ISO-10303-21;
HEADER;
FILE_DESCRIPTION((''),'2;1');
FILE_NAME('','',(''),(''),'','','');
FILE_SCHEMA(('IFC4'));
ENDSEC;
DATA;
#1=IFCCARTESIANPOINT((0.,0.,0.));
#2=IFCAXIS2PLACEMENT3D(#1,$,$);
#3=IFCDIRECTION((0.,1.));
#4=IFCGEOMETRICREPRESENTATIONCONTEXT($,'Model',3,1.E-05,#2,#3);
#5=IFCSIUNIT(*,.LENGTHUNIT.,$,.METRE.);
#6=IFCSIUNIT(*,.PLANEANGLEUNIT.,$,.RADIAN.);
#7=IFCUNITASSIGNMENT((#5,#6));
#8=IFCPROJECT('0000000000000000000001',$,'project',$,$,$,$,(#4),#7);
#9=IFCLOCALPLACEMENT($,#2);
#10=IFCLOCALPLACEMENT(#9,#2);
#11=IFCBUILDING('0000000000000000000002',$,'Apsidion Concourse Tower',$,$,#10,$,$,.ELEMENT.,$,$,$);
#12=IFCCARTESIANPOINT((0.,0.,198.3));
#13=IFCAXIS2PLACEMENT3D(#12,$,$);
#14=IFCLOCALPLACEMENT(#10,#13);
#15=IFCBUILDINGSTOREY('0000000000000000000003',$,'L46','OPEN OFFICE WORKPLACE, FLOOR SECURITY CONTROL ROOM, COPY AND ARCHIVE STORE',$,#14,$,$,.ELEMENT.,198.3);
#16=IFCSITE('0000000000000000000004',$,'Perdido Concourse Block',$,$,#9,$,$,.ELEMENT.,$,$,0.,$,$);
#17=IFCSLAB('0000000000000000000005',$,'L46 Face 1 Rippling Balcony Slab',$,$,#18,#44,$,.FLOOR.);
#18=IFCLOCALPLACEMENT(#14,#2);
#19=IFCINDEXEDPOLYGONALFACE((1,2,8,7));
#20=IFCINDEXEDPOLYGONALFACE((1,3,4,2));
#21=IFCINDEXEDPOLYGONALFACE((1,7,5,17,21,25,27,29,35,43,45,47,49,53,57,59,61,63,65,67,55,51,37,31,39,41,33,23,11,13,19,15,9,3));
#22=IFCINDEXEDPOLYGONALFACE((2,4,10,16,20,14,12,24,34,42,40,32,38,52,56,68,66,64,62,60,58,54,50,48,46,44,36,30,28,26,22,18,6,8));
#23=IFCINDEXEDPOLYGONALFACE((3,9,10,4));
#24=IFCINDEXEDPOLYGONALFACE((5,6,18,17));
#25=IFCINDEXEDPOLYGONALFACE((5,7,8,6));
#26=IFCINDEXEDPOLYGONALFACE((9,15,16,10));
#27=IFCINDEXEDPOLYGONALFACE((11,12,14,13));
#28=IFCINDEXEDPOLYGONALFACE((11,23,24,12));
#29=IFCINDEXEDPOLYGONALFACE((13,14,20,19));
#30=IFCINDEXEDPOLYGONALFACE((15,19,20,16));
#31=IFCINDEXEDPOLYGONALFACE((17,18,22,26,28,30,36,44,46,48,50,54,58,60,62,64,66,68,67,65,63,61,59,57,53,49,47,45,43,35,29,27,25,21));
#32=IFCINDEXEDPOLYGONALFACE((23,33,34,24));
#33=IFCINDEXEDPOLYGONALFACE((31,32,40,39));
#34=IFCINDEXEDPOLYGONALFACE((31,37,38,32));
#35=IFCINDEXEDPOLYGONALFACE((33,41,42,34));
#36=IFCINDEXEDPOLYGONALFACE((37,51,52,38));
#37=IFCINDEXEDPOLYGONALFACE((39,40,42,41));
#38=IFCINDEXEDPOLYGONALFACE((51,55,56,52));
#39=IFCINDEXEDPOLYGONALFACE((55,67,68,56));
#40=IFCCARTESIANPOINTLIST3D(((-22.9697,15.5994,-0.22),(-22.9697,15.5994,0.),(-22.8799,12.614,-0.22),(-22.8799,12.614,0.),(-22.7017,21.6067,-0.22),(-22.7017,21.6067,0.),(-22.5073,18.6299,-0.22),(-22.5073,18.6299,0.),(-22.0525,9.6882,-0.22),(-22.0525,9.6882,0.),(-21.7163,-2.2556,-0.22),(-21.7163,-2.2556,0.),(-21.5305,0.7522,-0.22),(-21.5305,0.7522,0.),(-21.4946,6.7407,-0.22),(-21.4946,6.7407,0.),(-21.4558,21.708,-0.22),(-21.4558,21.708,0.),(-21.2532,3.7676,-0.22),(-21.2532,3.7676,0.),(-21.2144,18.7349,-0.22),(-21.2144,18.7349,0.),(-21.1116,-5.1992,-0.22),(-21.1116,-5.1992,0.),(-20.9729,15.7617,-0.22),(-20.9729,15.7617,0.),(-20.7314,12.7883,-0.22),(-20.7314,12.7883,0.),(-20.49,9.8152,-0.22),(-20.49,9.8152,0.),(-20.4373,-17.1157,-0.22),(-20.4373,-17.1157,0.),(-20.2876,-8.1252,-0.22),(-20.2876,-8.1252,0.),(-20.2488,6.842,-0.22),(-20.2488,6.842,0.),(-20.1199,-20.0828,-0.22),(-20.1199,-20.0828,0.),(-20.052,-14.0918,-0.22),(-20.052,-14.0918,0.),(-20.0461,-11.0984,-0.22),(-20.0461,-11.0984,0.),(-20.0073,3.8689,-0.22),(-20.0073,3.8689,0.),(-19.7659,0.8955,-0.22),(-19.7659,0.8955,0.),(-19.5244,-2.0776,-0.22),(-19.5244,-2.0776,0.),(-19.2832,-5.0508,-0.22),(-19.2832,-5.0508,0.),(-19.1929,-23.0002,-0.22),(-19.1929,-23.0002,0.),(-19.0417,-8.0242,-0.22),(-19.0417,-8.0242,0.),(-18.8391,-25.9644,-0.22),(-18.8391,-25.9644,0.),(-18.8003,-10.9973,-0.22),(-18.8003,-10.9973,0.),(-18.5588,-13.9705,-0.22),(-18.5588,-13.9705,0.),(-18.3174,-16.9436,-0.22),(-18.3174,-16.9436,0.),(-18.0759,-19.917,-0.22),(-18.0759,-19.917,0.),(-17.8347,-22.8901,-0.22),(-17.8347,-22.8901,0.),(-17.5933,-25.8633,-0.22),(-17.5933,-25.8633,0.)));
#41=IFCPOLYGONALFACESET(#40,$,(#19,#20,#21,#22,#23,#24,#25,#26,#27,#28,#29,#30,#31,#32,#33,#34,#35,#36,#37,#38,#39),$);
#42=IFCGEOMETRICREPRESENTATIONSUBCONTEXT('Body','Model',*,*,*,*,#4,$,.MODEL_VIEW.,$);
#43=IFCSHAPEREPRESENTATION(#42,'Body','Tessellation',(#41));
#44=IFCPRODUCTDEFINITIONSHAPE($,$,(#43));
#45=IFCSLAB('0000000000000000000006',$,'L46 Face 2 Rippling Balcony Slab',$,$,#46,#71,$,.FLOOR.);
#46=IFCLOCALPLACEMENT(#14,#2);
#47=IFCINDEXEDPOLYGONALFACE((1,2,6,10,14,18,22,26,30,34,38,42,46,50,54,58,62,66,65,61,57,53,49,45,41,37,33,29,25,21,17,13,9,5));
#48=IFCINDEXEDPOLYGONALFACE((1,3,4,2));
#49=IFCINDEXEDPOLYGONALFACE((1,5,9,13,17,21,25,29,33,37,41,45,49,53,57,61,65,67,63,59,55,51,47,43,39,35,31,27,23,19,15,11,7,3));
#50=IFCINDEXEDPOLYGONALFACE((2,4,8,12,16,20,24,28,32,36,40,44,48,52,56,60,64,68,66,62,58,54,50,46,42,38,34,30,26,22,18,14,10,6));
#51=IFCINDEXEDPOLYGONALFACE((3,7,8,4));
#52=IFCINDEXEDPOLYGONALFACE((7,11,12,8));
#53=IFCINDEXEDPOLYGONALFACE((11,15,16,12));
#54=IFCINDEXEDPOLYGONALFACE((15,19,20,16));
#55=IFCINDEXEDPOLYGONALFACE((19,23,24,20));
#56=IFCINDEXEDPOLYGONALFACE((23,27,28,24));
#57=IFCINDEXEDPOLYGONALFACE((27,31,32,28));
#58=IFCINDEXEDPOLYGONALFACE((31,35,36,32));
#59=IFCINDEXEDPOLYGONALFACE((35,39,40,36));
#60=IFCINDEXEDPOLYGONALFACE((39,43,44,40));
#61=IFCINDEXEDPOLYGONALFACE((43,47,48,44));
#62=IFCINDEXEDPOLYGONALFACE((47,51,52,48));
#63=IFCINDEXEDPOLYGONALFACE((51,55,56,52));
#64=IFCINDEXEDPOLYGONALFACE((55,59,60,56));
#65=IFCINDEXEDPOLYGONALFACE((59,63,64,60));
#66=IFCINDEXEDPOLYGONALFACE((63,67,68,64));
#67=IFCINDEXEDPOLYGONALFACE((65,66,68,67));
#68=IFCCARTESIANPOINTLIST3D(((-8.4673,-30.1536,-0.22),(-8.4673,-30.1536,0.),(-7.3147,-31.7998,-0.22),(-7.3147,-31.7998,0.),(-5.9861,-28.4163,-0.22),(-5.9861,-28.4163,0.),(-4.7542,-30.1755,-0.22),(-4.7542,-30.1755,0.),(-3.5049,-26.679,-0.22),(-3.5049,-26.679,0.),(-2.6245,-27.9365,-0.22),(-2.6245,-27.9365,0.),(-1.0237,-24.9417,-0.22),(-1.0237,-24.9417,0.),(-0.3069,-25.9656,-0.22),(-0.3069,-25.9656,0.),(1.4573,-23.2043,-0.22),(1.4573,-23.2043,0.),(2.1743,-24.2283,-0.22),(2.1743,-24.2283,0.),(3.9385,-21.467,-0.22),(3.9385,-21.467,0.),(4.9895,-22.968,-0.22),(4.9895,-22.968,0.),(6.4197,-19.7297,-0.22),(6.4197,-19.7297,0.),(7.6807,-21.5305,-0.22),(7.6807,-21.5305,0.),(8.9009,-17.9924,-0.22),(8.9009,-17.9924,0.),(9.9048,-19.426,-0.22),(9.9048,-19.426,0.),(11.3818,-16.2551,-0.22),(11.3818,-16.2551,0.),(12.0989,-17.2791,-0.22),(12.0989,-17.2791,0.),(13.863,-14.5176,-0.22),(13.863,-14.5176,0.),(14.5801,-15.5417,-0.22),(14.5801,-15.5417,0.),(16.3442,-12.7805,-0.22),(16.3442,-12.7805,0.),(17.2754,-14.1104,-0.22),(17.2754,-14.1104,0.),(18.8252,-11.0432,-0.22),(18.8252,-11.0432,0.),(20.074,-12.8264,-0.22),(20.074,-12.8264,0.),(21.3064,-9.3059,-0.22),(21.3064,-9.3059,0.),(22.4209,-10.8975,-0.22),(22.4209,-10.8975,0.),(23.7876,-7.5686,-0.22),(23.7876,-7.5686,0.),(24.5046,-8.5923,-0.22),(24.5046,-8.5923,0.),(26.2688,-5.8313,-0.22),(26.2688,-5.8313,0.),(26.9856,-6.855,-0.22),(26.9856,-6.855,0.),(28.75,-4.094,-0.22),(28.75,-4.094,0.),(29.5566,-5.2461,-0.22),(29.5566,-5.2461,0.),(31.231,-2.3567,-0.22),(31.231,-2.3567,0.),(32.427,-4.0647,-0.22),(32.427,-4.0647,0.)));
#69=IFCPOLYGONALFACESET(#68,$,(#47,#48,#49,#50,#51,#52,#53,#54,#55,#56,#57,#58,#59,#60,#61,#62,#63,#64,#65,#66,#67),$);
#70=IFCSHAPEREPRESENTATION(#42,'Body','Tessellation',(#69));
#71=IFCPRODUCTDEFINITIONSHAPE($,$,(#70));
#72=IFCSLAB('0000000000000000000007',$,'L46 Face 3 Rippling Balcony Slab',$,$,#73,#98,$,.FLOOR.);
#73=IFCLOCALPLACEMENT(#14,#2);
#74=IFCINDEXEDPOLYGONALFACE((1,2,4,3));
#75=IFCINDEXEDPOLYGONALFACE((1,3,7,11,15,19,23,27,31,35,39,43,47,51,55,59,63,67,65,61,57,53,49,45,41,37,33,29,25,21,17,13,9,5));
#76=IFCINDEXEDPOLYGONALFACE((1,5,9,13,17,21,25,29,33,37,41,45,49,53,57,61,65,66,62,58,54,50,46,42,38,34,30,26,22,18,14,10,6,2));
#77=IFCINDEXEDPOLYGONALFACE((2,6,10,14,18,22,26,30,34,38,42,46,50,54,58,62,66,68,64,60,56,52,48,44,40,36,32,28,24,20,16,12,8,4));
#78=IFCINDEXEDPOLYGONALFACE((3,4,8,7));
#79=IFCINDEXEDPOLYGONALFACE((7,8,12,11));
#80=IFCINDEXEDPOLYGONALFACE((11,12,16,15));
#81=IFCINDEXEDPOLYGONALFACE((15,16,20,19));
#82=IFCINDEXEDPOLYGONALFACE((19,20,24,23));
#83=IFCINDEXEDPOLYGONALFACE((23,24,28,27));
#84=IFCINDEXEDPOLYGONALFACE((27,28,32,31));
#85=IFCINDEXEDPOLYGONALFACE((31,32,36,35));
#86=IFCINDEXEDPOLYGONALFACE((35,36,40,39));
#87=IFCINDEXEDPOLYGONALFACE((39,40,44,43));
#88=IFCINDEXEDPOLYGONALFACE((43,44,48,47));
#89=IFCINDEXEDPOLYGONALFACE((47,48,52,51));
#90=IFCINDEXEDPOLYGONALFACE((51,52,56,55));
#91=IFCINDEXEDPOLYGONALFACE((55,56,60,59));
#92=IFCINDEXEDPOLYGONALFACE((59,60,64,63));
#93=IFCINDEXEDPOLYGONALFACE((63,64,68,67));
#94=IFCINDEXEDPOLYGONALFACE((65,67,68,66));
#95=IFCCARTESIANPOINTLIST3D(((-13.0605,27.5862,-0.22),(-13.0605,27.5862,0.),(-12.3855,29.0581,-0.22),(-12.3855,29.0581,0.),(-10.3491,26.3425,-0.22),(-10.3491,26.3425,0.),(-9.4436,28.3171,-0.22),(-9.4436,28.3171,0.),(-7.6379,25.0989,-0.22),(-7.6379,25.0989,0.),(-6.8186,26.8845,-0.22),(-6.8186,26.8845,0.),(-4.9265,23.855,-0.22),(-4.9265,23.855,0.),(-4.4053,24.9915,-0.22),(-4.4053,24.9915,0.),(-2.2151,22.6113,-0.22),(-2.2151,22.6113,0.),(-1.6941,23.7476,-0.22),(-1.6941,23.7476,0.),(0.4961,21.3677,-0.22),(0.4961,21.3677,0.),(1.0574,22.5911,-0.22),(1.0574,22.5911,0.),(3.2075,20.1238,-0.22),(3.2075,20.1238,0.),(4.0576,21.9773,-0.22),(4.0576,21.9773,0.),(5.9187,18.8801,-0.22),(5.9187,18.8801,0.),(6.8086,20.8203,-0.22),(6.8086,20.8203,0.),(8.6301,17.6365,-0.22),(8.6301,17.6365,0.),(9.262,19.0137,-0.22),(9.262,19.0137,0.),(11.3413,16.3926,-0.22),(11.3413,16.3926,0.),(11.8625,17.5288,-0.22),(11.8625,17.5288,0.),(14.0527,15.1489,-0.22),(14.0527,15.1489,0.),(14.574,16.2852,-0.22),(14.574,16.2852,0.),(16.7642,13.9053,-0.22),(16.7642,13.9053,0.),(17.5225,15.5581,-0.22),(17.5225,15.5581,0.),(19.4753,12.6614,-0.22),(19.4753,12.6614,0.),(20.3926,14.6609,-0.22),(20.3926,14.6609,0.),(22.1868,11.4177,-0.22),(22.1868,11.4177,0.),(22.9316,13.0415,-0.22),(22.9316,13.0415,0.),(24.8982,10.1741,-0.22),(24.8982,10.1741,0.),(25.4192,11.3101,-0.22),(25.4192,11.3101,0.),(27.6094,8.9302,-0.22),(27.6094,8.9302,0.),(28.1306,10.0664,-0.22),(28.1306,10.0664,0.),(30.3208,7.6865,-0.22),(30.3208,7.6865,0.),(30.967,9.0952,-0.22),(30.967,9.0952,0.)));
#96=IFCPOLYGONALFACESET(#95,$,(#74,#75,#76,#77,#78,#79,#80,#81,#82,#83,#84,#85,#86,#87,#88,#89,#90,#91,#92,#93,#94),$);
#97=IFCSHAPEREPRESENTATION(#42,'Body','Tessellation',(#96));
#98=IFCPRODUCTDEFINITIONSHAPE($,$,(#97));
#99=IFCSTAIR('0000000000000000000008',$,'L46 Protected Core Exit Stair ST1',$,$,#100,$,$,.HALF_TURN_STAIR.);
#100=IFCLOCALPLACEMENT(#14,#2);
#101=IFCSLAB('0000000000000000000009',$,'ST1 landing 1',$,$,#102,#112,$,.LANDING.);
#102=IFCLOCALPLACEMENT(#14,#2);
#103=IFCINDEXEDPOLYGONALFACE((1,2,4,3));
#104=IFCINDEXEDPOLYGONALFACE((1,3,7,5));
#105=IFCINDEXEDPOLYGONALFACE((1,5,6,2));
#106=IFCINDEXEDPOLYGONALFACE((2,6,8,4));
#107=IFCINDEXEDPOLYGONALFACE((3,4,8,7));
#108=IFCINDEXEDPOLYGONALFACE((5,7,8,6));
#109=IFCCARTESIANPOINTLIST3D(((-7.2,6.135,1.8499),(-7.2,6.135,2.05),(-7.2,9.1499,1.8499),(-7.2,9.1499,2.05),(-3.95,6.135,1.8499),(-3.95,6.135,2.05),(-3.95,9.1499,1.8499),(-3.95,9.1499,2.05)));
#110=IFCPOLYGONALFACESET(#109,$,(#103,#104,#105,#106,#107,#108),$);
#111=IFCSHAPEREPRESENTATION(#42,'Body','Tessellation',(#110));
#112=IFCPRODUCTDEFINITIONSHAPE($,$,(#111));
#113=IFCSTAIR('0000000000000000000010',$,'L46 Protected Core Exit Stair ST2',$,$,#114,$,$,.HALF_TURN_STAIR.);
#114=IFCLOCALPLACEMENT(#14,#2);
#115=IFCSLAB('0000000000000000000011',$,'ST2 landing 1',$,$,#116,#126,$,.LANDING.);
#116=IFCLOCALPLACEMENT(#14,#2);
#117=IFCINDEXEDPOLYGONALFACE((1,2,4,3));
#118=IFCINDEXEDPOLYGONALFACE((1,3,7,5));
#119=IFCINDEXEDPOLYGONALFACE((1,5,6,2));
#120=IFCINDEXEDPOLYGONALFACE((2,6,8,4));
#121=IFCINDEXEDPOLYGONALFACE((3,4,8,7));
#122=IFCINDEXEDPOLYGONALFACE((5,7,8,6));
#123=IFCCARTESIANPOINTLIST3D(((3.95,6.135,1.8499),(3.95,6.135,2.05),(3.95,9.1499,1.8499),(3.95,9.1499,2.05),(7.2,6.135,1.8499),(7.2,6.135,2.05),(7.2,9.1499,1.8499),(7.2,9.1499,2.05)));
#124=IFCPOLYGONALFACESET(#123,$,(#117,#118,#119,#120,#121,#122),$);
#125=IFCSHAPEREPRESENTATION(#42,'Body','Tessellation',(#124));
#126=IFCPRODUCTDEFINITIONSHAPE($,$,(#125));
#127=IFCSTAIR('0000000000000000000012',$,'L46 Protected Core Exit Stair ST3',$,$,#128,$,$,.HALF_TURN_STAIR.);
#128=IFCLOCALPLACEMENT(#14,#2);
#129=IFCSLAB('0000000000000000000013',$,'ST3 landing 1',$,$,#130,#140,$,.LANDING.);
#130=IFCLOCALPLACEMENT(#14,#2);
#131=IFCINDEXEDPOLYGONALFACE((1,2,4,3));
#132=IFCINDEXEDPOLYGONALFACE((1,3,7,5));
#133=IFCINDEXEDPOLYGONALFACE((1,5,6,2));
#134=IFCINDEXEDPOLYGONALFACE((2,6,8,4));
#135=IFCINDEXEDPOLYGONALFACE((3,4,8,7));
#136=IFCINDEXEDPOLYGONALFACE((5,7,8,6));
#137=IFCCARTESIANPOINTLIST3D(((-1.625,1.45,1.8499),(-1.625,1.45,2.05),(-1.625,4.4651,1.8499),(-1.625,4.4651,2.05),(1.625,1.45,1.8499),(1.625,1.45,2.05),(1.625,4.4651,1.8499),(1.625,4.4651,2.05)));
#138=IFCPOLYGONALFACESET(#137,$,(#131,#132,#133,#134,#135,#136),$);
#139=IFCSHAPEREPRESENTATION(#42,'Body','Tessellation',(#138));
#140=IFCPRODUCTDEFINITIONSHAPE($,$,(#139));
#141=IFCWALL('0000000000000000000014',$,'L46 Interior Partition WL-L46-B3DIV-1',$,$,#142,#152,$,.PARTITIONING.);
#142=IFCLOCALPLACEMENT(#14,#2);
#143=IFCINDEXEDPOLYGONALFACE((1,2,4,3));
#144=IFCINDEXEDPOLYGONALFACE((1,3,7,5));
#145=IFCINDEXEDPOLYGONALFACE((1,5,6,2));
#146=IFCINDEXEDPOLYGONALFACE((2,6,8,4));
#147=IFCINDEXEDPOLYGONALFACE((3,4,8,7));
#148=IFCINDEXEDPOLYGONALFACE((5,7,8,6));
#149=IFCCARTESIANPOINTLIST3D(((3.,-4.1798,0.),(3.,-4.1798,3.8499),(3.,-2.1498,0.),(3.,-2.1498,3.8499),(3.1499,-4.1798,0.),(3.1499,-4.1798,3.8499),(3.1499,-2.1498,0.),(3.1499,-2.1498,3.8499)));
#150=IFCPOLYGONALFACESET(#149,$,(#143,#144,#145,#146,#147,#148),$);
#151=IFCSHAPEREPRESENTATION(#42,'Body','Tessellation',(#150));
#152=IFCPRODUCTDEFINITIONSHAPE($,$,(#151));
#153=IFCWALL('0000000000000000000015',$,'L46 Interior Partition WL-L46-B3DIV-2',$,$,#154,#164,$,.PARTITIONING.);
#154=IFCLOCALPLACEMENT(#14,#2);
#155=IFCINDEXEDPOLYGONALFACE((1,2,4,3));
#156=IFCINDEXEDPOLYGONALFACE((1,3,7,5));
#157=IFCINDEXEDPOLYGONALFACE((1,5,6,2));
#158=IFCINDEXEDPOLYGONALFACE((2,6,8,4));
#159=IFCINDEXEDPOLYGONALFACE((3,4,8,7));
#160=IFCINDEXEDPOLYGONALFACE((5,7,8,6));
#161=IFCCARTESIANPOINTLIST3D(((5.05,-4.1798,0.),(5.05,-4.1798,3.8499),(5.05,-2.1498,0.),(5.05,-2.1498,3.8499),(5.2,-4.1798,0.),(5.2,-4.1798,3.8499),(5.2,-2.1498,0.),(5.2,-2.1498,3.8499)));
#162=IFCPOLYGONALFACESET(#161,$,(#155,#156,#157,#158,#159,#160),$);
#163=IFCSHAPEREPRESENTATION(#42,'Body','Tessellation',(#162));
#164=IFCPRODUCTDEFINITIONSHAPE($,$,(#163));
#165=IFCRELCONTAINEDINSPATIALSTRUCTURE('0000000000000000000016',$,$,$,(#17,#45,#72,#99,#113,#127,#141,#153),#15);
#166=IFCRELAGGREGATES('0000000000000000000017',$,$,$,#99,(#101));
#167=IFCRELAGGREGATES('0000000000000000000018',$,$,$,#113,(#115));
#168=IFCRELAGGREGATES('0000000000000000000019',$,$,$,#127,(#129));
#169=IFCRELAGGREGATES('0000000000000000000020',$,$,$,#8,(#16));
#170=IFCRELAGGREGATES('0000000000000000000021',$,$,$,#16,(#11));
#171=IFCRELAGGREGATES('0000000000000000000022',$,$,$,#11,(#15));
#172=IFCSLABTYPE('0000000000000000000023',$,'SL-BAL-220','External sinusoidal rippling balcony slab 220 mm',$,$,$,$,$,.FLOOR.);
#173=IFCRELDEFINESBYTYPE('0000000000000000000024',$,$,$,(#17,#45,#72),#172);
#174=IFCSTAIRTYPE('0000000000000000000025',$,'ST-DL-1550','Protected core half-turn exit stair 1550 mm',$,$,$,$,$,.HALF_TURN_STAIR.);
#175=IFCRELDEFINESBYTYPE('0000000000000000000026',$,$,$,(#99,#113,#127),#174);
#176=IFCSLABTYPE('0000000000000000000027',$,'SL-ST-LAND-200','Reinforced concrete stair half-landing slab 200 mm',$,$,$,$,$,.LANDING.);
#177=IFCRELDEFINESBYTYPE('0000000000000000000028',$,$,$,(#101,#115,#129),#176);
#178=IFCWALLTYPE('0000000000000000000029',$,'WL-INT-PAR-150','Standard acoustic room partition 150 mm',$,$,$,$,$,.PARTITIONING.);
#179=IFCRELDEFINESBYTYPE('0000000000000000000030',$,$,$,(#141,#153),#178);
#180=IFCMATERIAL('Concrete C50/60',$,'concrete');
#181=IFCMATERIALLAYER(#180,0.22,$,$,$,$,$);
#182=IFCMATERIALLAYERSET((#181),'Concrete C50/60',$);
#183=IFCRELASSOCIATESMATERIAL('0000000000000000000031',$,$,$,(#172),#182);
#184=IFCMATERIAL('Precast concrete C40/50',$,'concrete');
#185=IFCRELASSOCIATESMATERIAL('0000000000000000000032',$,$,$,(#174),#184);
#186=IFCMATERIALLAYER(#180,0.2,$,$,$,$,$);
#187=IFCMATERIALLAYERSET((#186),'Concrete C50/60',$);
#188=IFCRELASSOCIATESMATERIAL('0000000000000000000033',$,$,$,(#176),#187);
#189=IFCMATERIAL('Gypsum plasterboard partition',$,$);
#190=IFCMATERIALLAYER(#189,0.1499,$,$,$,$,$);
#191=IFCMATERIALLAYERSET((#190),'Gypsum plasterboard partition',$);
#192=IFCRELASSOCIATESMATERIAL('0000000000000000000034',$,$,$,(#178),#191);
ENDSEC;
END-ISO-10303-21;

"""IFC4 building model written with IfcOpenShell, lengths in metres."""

from ifc_helpers import new_model, si_unit, direction, frame, frame_2d, origin, place, context, subcontext, project, spatial, polyline, rectangle, outline, extrude, material, layer, layer_set, type_object, element, aggregate, save


model = new_model("IFC4")

# Units and contexts
model_context = context("Model", 3, precision=1e-05, world=origin(), true_north=direction((0.0, 1.0)))
body_context = subcontext(model_context, "Body", "Model", "MODEL_VIEW")
ifc_project = project(units=[si_unit("LENGTHUNIT", "METRE"), si_unit("PLANEANGLEUNIT", "RADIAN")], contexts=[model_context])

# Site, building, storey
site_placement = place(None, origin())
site = spatial("IfcSite", under=ifc_project, at=site_placement, Name="Perdido Concourse Block", CompositionType="ELEMENT", RefElevation=0.0)
building_placement = place(site_placement, origin())
building = spatial("IfcBuilding", under=site, at=building_placement, Name="Apsidion Concourse Tower", CompositionType="ELEMENT")
storey_placement = place(building_placement, frame((0.0, 0.0, 198.3)))
storey = spatial("IfcBuildingStorey", under=building, at=storey_placement, Name="L46", Description="OPEN OFFICE WORKPLACE, FLOOR SECURITY CONTROL ROOM, COPY AND ARCHIVE STORE", CompositionType="ELEMENT", Elevation=198.3)

# Shared definitions
ifc_material_1 = material(Name="Concrete C50/60", Category="concrete")

# Slabs
ifc_layer_1 = layer(ifc_material_1, 0.22)
ifc_layer_set_1 = layer_set([ifc_layer_1], Name="Concrete C50/60")
slab_type_1 = type_object("IfcSlabType", Name="SL-BAL-220", Description="External sinusoidal rippling balcony slab 220 mm", PredefinedType="FLOOR", material=ifc_layer_set_1)
slab_1_placement = place(storey_placement, frame((0.0, 0.0, -0.22)))
element("IfcSlab", 1, at=slab_1_placement, inside=storey, type_object=slab_type_1, Name="L46 Face 1 Rippling Balcony Slab", PredefinedType="FLOOR", context=body_context, shape_type="SweptSolid", body=[
    extrude(outline(polyline([(-21.4558, 21.708), (-21.2144, 18.7349), (-20.9729, 15.7617), (-20.7314, 12.7883), (-20.49, 9.8152), (-20.2488, 6.842), (-20.0073, 3.8689), (-19.7659, 0.8955), (-19.5244, -2.0776), (-19.2832, -5.0508), (-19.0417, -8.0242), (-18.8003, -10.9973), (-18.5588, -13.9705), (-18.3174, -16.9436), (-18.0759, -19.917), (-17.8347, -22.8901), (-17.5933, -25.8633), (-18.8391, -25.9644), (-19.1929, -23.0002), (-20.1199, -20.0828), (-20.4373, -17.1157), (-20.052, -14.0918), (-20.0461, -11.0984), (-20.2876, -8.1252), (-21.1116, -5.1992), (-21.7163, -2.2556), (-21.5305, 0.7522), (-21.2532, 3.7676), (-21.4946, 6.7407), (-22.0525, 9.6882), (-22.8799, 12.614), (-22.9697, 15.5994), (-22.5073, 18.6299), (-22.7017, 21.6067), (-21.4558, 21.708)])), origin(), (0.0, 0.0, 1.0), 0.22),
])
slab_2_placement = place(storey_placement, frame((0.0, 0.0, -0.22)))
element("IfcSlab", 2, at=slab_2_placement, inside=storey, type_object=slab_type_1, Name="L46 Face 2 Rippling Balcony Slab", PredefinedType="FLOOR", context=body_context, shape_type="SweptSolid", body=[
    extrude(outline(polyline([(-8.4673, -30.1536), (-5.9861, -28.4163), (-3.5049, -26.679), (-1.0237, -24.9417), (1.4573, -23.2043), (3.9385, -21.467), (6.4197, -19.7297), (8.9009, -17.9924), (11.3818, -16.2551), (13.863, -14.5176), (16.3442, -12.7805), (18.8252, -11.0432), (21.3064, -9.3059), (23.7876, -7.5686), (26.2688, -5.8313), (28.75, -4.094), (31.231, -2.3567), (32.427, -4.0647), (29.5566, -5.2461), (26.9856, -6.855), (24.5046, -8.5923), (22.4209, -10.8975), (20.074, -12.8264), (17.2754, -14.1104), (14.5801, -15.5417), (12.0989, -17.2791), (9.9048, -19.426), (7.6807, -21.5305), (4.9895, -22.968), (2.1743, -24.2283), (-0.3069, -25.9656), (-2.6245, -27.9365), (-4.7542, -30.1755), (-7.3147, -31.7998), (-8.4673, -30.1536)])), origin(), (0.0, 0.0, 1.0), 0.22),
])
slab_3_placement = place(storey_placement, frame((0.0, 0.0, -0.22)))
element("IfcSlab", 3, at=slab_3_placement, inside=storey, type_object=slab_type_1, Name="L46 Face 3 Rippling Balcony Slab", PredefinedType="FLOOR", context=body_context, shape_type="SweptSolid", body=[
    extrude(outline(polyline([(30.3208, 7.6865), (27.6094, 8.9302), (24.8982, 10.1741), (22.1868, 11.4177), (19.4753, 12.6614), (16.7642, 13.9053), (14.0527, 15.1489), (11.3413, 16.3926), (8.6301, 17.6365), (5.9187, 18.8801), (3.2075, 20.1238), (0.4961, 21.3677), (-2.2151, 22.6113), (-4.9265, 23.855), (-7.6379, 25.0989), (-10.3491, 26.3425), (-13.0605, 27.5862), (-12.3855, 29.0581), (-9.4436, 28.3171), (-6.8186, 26.8845), (-4.4053, 24.9915), (-1.6941, 23.7476), (1.0574, 22.5911), (4.0576, 21.9773), (6.8086, 20.8203), (9.262, 19.0137), (11.8625, 17.5288), (14.574, 16.2852), (17.5225, 15.5581), (20.3926, 14.6609), (22.9316, 13.0415), (25.4192, 11.3101), (28.1306, 10.0664), (30.967, 9.0952), (30.3208, 7.6865)])), origin(), (0.0, 0.0, 1.0), 0.22),
])

# Stairs, slabs
ifc_material_2 = material(Name="Precast concrete C40/50", Category="concrete")
stair_type = type_object("IfcStairType", Name="ST-DL-1550", Description="Protected core half-turn exit stair 1550 mm", PredefinedType="HALF_TURN_STAIR", material=ifc_material_2)
stair_1_placement = place(storey_placement, origin())
stair_1 = element("IfcStair", 4, at=stair_1_placement, inside=storey, type_object=stair_type, Name="L46 Protected Core Exit Stair ST1", PredefinedType="HALF_TURN_STAIR")
ifc_layer_2 = layer(ifc_material_1, 0.2)
ifc_layer_set_2 = layer_set([ifc_layer_2], Name="Concrete C50/60")
slab_type_2 = type_object("IfcSlabType", Name="SL-ST-LAND-200", Description="Reinforced concrete stair half-landing slab 200 mm", PredefinedType="LANDING", material=ifc_layer_set_2)
slab_4_placement = place(storey_placement, frame((0.0, 0.0, 1.8499)))
slab_4 = element("IfcSlab", 5, at=slab_4_placement, type_object=slab_type_2, Name="ST1 landing 1", PredefinedType="LANDING", context=body_context, shape_type="SweptSolid", body=[
    extrude(outline(polyline([(-3.95, 6.135), (-3.95, 9.1499), (-7.2, 9.1499), (-7.2, 6.135), (-3.95, 6.135)])), origin(), (0.0, 0.0, 1.0), 0.2002),
])
aggregate(stair_1, [slab_4])
stair_2_placement = place(storey_placement, origin())
stair_2 = element("IfcStair", 6, at=stair_2_placement, inside=storey, type_object=stair_type, Name="L46 Protected Core Exit Stair ST2", PredefinedType="HALF_TURN_STAIR")
slab_5_placement = place(storey_placement, frame((0.0, 0.0, 1.8499)))
slab_5 = element("IfcSlab", 7, at=slab_5_placement, type_object=slab_type_2, Name="ST2 landing 1", PredefinedType="LANDING", context=body_context, shape_type="SweptSolid", body=[
    extrude(outline(polyline([(7.2, 6.135), (7.2, 9.1499), (3.95, 9.1499), (3.95, 6.135), (7.2, 6.135)])), origin(), (0.0, 0.0, 1.0), 0.2002),
])
aggregate(stair_2, [slab_5])
stair_3_placement = place(storey_placement, origin())
stair_3 = element("IfcStair", 8, at=stair_3_placement, inside=storey, type_object=stair_type, Name="L46 Protected Core Exit Stair ST3", PredefinedType="HALF_TURN_STAIR")
slab_6_placement = place(storey_placement, frame((0.0, 0.0, 1.8499)))
slab_6 = element("IfcSlab", 9, at=slab_6_placement, type_object=slab_type_2, Name="ST3 landing 1", PredefinedType="LANDING", context=body_context, shape_type="SweptSolid", body=[
    extrude(outline(polyline([(-1.625, 4.4651), (-1.625, 1.45), (1.625, 1.45), (1.625, 4.4651), (-1.625, 4.4651)])), origin(), (0.0, 0.0, 1.0), 0.2002),
])
aggregate(stair_3, [slab_6])

# Walls
ifc_material_3 = material(Name="Gypsum plasterboard partition")
ifc_layer_3 = layer(ifc_material_3, 0.1499)
ifc_layer_set_3 = layer_set([ifc_layer_3], Name="Gypsum plasterboard partition")
wall_type_1 = type_object("IfcWallType", Name="WL-INT-PAR-150", Description="Standard acoustic room partition 150 mm", PredefinedType="PARTITIONING", material=ifc_layer_set_3)
for number, where, z_axis, x_axis, name in (
    (10, (3.075, -4.1799, 0.0), (0.0, 0.0, 1.0), (0.0, 1.0, 0.0), "L46 Interior Partition WL-L46-B3DIV-1"),
    (11, (5.125, -4.1799, 0.0), (0.0, 0.0, 1.0), (0.0, 1.0, 0.0), "L46 Interior Partition WL-L46-B3DIV-2"),
):
    element("IfcWall", number, at=place(storey_placement, frame(where, z_axis=z_axis, x_axis=x_axis)), inside=storey, type_object=wall_type_1, Name=name, PredefinedType="PARTITIONING", context=body_context, shape_type="SweptSolid", body=[
        extrude(rectangle(XDim=2.03, YDim=0.1499, at=frame_2d((1.0151, 0.0))), origin(), (0.0, 0.0, 1.0), 3.8499),
    ])

save(model, "model.ifc")
